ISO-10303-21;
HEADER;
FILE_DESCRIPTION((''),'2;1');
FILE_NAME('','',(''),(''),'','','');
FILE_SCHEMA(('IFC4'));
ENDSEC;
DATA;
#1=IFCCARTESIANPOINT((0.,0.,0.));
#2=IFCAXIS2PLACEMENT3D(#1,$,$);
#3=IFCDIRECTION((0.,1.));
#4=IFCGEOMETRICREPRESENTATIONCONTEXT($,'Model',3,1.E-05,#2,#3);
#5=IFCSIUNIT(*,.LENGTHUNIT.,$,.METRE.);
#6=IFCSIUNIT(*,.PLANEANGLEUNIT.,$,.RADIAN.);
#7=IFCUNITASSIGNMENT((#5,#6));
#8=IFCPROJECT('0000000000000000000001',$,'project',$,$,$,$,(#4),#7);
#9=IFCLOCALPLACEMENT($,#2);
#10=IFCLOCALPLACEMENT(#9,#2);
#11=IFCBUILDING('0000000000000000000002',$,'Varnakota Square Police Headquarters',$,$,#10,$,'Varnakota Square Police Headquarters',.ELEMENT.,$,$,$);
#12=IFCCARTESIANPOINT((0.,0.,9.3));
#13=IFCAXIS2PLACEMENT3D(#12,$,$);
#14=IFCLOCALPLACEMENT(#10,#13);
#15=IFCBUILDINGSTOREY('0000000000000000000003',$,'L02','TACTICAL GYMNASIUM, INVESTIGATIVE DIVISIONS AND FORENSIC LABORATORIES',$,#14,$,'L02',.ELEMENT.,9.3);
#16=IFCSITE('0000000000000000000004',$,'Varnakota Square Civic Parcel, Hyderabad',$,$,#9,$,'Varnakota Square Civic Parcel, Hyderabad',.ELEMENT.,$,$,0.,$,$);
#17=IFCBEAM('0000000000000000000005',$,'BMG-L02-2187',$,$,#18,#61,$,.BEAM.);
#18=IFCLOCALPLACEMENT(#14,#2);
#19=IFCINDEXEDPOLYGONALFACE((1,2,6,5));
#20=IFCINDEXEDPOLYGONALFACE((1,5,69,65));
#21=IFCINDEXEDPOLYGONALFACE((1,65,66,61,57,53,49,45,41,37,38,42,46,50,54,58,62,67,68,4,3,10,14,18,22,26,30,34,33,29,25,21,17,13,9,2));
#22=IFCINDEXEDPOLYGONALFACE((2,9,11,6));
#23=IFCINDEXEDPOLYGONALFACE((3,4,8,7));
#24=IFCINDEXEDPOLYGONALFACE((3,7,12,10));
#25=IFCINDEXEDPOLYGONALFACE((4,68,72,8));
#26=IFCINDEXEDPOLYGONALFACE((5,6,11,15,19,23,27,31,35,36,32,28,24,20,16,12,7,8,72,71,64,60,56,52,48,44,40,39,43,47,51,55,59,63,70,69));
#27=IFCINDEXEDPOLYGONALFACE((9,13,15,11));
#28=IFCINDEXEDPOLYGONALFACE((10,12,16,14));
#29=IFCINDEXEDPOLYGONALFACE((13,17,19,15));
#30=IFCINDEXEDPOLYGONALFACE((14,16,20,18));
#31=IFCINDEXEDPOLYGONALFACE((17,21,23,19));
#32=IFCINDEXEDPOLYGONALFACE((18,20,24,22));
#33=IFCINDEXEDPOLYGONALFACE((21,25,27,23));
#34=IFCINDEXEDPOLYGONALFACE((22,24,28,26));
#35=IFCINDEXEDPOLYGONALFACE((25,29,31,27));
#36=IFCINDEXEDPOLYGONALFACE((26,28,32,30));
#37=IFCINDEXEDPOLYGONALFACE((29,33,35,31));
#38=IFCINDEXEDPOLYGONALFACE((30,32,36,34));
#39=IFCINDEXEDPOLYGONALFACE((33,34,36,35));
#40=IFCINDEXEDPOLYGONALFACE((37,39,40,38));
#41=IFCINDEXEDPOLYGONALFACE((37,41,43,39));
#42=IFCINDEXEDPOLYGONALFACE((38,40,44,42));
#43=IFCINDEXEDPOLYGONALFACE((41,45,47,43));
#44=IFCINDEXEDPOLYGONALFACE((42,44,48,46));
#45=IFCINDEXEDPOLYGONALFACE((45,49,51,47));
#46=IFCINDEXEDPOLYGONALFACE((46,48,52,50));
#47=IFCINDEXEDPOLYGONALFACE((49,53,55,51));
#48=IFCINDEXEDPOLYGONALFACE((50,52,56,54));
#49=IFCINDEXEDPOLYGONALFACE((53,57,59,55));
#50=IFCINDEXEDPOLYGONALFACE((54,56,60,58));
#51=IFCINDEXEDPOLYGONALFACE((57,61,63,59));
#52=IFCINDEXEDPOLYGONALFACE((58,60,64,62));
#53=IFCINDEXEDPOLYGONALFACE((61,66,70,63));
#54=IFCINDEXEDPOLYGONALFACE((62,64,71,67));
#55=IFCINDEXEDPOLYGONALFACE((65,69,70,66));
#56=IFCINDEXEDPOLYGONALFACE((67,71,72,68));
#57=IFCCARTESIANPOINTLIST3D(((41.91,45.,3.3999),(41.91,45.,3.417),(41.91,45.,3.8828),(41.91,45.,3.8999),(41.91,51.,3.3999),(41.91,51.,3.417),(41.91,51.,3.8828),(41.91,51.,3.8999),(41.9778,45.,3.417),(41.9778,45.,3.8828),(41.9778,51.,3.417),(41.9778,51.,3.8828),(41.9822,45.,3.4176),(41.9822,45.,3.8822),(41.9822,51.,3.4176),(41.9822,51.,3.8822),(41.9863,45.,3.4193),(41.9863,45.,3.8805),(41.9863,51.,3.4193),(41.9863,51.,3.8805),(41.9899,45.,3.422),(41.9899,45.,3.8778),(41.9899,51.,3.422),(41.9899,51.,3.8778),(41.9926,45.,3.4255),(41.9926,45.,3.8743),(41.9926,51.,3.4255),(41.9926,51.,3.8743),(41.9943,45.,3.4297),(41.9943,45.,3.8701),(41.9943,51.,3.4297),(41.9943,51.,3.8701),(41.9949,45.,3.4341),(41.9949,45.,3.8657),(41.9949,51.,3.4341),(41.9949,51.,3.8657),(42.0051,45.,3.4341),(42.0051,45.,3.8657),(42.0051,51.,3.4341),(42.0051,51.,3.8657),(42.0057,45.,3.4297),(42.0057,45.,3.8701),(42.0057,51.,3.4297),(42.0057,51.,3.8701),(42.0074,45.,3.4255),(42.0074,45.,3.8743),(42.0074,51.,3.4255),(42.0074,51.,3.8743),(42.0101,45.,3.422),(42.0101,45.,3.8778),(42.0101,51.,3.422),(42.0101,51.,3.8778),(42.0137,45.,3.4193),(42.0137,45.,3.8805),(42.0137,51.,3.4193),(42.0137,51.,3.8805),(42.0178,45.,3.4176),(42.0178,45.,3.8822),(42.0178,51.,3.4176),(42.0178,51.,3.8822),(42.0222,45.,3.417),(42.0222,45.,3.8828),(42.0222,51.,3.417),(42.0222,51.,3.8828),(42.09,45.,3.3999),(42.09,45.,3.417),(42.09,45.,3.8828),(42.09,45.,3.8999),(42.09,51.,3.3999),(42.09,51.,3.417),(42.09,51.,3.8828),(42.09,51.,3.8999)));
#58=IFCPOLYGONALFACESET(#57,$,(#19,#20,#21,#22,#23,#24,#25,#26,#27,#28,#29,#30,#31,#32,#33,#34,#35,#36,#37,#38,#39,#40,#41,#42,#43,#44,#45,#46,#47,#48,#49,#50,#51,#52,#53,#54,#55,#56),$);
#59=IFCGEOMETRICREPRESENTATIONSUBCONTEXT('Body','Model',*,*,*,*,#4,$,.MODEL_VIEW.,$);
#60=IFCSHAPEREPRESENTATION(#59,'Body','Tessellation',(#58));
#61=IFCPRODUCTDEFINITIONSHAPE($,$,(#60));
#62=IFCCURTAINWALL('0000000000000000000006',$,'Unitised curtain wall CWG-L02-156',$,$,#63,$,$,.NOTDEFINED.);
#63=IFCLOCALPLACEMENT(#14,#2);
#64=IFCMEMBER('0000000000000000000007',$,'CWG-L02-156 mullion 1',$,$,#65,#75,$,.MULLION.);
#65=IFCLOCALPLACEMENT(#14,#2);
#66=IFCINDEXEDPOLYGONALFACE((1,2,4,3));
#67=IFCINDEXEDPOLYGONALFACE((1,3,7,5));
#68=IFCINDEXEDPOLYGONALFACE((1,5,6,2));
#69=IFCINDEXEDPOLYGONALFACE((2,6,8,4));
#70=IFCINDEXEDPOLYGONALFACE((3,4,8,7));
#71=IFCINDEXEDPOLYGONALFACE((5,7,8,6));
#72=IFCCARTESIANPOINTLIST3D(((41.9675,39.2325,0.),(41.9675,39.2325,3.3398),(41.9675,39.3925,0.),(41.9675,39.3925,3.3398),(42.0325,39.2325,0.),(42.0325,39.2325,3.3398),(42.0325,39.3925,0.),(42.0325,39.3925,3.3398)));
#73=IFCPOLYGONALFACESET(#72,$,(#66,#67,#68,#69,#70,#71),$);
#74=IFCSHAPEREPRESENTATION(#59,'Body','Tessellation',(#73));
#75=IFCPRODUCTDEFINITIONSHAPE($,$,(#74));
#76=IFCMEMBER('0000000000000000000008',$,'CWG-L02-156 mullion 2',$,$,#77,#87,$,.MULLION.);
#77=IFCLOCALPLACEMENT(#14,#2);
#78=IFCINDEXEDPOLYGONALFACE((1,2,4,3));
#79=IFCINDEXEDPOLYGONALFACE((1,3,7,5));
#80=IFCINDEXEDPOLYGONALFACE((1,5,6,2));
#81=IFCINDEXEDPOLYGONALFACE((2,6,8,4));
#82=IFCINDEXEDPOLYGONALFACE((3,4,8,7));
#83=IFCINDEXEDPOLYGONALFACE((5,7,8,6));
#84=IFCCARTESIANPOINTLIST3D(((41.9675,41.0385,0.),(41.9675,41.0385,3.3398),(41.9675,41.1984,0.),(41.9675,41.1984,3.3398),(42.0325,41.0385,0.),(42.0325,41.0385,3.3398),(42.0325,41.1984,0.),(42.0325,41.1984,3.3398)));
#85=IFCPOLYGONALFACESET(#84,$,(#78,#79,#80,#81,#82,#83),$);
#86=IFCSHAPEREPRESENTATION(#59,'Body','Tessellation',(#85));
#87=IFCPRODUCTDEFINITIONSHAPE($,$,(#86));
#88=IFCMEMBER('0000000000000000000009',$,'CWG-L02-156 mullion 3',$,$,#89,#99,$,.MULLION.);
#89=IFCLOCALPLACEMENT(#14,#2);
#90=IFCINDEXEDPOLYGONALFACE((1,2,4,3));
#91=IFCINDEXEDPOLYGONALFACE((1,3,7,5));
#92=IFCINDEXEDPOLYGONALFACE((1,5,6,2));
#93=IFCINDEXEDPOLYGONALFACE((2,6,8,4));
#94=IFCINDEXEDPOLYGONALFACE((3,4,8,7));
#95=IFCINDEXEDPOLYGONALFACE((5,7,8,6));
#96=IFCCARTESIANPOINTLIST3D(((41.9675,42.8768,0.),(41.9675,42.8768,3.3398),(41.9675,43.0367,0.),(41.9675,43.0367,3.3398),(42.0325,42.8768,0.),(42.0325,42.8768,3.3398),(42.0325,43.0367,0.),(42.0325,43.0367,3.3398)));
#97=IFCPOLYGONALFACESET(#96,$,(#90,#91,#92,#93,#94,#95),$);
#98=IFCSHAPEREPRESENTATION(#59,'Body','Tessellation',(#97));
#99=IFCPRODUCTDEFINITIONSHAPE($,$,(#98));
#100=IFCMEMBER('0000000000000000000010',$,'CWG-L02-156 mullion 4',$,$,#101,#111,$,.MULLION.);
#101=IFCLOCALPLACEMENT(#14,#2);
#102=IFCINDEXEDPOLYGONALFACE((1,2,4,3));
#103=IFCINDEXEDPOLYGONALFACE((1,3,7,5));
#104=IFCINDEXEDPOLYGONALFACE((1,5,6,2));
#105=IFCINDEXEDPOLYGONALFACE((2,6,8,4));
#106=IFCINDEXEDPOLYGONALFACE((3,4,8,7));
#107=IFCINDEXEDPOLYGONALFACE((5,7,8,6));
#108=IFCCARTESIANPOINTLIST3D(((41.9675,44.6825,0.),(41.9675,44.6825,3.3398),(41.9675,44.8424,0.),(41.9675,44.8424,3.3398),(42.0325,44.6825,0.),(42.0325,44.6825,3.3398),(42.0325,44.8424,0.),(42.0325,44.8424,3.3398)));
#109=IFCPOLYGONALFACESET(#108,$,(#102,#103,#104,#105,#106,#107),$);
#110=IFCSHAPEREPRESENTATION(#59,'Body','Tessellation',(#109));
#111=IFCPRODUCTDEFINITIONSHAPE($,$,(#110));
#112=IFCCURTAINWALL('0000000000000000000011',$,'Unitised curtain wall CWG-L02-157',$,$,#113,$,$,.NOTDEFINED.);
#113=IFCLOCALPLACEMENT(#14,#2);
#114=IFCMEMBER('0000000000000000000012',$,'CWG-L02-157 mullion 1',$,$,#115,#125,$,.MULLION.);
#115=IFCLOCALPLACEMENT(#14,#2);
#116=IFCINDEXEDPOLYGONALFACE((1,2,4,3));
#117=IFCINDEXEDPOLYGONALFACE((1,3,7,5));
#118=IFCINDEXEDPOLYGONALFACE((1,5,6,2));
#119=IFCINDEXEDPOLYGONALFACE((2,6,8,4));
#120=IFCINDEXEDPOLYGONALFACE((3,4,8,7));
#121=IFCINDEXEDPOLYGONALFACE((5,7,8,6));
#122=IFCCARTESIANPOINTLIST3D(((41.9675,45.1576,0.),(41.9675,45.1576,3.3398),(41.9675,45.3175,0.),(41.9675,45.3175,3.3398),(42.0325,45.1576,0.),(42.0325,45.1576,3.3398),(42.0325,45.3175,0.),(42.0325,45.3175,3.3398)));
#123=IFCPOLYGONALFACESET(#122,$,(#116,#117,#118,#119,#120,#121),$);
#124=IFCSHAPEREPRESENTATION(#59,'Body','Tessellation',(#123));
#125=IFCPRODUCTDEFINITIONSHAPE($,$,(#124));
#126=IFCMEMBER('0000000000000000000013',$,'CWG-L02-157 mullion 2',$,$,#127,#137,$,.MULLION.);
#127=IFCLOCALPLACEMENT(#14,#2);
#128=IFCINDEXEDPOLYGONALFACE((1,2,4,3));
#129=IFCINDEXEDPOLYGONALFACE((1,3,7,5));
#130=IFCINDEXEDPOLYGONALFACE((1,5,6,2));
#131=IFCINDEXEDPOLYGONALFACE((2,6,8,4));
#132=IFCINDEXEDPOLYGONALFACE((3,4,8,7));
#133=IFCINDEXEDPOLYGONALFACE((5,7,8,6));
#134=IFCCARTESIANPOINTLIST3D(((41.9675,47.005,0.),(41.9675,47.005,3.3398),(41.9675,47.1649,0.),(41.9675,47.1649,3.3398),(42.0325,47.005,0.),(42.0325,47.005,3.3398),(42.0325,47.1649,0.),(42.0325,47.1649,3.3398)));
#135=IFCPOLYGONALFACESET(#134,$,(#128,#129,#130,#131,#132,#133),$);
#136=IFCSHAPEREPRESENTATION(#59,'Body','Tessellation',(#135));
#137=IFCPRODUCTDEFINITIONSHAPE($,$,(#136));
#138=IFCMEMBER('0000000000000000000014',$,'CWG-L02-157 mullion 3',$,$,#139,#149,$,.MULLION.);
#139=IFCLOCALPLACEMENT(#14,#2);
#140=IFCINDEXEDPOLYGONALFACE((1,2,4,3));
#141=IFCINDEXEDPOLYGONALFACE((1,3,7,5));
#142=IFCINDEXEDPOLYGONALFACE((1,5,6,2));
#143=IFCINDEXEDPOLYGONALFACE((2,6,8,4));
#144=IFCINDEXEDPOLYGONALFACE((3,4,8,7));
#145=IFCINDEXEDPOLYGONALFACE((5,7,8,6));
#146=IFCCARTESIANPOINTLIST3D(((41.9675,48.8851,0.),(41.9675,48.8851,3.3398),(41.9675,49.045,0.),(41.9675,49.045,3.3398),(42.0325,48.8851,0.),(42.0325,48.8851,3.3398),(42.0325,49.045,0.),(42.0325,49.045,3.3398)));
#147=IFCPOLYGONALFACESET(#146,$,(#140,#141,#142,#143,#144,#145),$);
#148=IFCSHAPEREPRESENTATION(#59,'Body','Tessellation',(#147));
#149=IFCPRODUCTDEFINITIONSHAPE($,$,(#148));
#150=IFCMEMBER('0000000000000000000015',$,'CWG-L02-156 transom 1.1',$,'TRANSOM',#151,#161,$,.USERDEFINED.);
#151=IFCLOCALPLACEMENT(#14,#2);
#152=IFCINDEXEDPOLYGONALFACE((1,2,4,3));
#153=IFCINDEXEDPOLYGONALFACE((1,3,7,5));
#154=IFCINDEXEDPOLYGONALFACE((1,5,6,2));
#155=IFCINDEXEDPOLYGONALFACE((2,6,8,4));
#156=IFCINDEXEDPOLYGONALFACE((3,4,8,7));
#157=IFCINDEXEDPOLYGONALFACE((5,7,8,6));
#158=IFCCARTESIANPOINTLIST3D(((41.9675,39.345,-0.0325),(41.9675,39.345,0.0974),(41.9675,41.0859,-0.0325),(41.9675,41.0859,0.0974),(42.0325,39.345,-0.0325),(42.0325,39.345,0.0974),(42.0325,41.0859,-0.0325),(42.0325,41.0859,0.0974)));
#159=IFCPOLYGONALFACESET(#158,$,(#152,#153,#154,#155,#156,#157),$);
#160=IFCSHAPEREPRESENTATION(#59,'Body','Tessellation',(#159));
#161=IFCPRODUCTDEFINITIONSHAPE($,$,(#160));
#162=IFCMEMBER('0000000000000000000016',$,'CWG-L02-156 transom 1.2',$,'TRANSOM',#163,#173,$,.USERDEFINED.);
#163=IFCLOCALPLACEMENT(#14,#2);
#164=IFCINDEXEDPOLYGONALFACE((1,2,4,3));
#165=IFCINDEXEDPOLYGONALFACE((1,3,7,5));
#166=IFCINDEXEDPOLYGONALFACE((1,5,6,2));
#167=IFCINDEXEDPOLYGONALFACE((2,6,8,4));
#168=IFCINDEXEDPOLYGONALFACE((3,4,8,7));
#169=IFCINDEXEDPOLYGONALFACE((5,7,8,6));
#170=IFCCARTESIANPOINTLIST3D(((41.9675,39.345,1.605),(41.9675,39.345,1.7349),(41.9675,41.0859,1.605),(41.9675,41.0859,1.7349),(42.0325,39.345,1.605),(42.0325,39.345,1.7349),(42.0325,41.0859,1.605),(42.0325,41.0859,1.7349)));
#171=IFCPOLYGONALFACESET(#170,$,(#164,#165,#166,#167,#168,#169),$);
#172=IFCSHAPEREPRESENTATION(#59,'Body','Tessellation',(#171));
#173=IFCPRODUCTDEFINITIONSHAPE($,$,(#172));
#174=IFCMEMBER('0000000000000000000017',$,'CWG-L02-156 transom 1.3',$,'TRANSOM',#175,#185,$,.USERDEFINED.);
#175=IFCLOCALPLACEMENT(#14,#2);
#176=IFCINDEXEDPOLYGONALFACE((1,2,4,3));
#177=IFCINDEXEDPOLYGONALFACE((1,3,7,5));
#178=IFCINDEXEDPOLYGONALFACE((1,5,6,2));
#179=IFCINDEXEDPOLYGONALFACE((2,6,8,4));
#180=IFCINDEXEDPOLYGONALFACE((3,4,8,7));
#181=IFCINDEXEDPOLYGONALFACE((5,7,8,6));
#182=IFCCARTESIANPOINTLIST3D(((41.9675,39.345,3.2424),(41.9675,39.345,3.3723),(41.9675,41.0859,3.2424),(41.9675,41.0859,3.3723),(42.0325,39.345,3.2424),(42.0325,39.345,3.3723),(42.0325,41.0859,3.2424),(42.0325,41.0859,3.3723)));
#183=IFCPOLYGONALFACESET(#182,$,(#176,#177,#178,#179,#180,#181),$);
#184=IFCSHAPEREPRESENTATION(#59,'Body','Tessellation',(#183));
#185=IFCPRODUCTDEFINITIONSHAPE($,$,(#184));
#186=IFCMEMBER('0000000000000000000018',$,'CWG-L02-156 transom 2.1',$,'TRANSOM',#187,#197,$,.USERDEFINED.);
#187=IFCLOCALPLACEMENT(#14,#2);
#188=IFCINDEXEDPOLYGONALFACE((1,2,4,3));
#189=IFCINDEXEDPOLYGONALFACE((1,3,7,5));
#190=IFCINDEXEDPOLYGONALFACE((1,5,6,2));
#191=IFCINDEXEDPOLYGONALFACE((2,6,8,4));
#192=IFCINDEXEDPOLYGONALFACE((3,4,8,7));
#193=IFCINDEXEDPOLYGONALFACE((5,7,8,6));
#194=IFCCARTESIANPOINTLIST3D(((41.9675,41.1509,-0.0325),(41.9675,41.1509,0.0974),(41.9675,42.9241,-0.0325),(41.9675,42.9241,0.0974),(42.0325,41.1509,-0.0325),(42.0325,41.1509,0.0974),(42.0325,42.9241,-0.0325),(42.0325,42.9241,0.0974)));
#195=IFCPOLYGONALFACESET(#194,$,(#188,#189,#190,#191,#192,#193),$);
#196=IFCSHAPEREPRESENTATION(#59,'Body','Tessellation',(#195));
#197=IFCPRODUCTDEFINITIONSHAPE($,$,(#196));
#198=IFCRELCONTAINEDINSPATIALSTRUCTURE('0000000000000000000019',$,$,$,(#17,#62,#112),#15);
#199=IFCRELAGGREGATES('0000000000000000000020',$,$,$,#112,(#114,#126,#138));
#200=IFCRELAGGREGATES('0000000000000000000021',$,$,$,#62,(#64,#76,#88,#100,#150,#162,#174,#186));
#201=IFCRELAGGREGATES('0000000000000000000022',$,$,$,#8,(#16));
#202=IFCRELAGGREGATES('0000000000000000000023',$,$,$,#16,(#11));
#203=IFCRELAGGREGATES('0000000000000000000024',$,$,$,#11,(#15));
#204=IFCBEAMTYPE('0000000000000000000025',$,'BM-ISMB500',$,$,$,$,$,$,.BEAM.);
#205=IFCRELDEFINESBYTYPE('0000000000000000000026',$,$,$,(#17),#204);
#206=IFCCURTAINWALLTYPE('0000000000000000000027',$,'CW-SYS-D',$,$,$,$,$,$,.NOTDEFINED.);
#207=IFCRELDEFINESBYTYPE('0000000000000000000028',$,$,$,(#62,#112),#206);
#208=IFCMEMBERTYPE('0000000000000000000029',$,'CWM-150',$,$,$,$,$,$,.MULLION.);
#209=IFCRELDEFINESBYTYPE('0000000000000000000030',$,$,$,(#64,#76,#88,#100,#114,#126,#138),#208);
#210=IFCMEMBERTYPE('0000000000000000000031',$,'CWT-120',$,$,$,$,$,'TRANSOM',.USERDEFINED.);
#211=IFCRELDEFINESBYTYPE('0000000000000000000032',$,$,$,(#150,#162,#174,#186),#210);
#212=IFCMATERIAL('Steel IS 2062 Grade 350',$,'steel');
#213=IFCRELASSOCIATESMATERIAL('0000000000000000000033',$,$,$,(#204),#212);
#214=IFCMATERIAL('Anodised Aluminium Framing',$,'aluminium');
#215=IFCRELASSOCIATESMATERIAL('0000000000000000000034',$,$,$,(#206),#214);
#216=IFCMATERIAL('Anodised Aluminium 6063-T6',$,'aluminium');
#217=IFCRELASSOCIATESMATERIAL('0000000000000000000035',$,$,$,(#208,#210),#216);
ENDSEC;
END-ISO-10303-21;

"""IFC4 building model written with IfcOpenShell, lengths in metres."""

from ifc_helpers import new_model, si_unit, direction, frame, origin, origin_2d, place, context, subcontext, project, spatial, rectangle, i_section, extrude, material, material_profile, profile_set, type_object, element, aggregate, save


model = new_model("IFC4")

# Units and contexts
model_context = context("Model", 3, precision=1e-05, world=origin(), true_north=direction((0.0, 1.0)))
body_context = subcontext(model_context, "Body", "Model", "MODEL_VIEW")
ifc_project = project(units=[si_unit("LENGTHUNIT", "METRE"), si_unit("PLANEANGLEUNIT", "RADIAN")], contexts=[model_context])

# Site, building, storey
site_placement = place(None, origin())
site = spatial("IfcSite", under=ifc_project, at=site_placement, Name="Varnakota Square Civic Parcel, Hyderabad", LongName="Varnakota Square Civic Parcel, Hyderabad", CompositionType="ELEMENT", RefElevation=0.0)
building_placement = place(site_placement, origin())
building = spatial("IfcBuilding", under=site, at=building_placement, Name="Varnakota Square Police Headquarters", LongName="Varnakota Square Police Headquarters", CompositionType="ELEMENT")
storey_placement = place(building_placement, frame((0.0, 0.0, 9.3)))
storey = spatial("IfcBuildingStorey", under=building, at=storey_placement, Name="L02", Description="TACTICAL GYMNASIUM, INVESTIGATIVE DIVISIONS AND FORENSIC LABORATORIES", LongName="L02", CompositionType="ELEMENT", Elevation=9.3)

# Shared definitions
ifc_material_1 = material(Name="Steel IS 2062 Grade 350", Category="steel")

# Beam
ifc_material_profile_1 = material_profile(ifc_material_1, i_section(OverallWidth=0.1799, OverallDepth=0.5, WebThickness=0.0103, FlangeThickness=0.0171, FilletRadius=0.0171, at=origin_2d()), Name="ISMB 500")
ifc_profile_set_1 = profile_set([ifc_material_profile_1], Name="Steel IS 2062 Grade 350")
beam_type_1 = type_object("IfcBeamType", Name="BM-ISMB500", PredefinedType="BEAM", material=ifc_profile_set_1)
beam_1_placement = place(storey_placement, frame((42.0, 45.0, 3.6499), z_axis=(0.0, 1.0, 0.0), x_axis=(-1.0, 0.0, 0.0)))
element("IfcBeam", 1, at=beam_1_placement, inside=storey, type_object=beam_type_1, Name="BMG-L02-2187", PredefinedType="BEAM", context=body_context, shape_type="SweptSolid", body=[
    extrude(i_section(OverallWidth=0.1799, OverallDepth=0.5, WebThickness=0.0103, FlangeThickness=0.0171, FilletRadius=0.0171, at=origin_2d()), origin(), (0.0, 0.0, 1.0), 6.0),
])

# Curtain walls, members
ifc_material_2 = material(Name="Anodised Aluminium Framing", Category="aluminium")
curtain_wall_type = type_object("IfcCurtainWallType", Name="CW-SYS-D", PredefinedType="NOTDEFINED", material=ifc_material_2)
curtain_wall_1_placement = place(storey_placement, origin())
curtain_wall_1 = element("IfcCurtainWall", 2, at=curtain_wall_1_placement, inside=storey, type_object=curtain_wall_type, Name="Unitised curtain wall CWG-L02-156", PredefinedType="NOTDEFINED")
ifc_material_3 = material(Name="Anodised Aluminium 6063-T6", Category="aluminium")
ifc_material_profile_2 = material_profile(ifc_material_3, rectangle(XDim=0.0649, YDim=0.1599, at=origin_2d()), Name="ALU MULLION 65x160")
ifc_profile_set_2 = profile_set([ifc_material_profile_2], Name="Anodised Aluminium 6063-T6")
member_type_1 = type_object("IfcMemberType", Name="CWM-150", PredefinedType="MULLION", material=ifc_profile_set_2)
member_1_placement = place(storey_placement, frame((42.0, 39.3125, 0.0), z_axis=(0.0, 0.0, 1.0), x_axis=(-1.0, 0.0, 0.0)))
member_1 = element("IfcMember", 3, at=member_1_placement, type_object=member_type_1, Name="CWG-L02-156 mullion 1", PredefinedType="MULLION", context=body_context, shape_type="SweptSolid", body=[
    extrude(rectangle(XDim=0.0649, YDim=0.1599, at=origin_2d()), origin(), (0.0, 0.0, 1.0), 3.3398),
])
member_2_placement = place(storey_placement, frame((42.0, 41.1184, 0.0), z_axis=(0.0, 0.0, 1.0), x_axis=(-1.0, 0.0, 0.0)))
member_2 = element("IfcMember", 4, at=member_2_placement, type_object=member_type_1, Name="CWG-L02-156 mullion 2", PredefinedType="MULLION", context=body_context, shape_type="SweptSolid", body=[
    extrude(rectangle(XDim=0.0649, YDim=0.1599, at=origin_2d()), origin(), (0.0, 0.0, 1.0), 3.3398),
])
member_3_placement = place(storey_placement, frame((42.0, 42.9568, 0.0), z_axis=(0.0, 0.0, 1.0), x_axis=(-1.0, 0.0, 0.0)))
member_3 = element("IfcMember", 5, at=member_3_placement, type_object=member_type_1, Name="CWG-L02-156 mullion 3", PredefinedType="MULLION", context=body_context, shape_type="SweptSolid", body=[
    extrude(rectangle(XDim=0.0649, YDim=0.1599, at=origin_2d()), origin(), (0.0, 0.0, 1.0), 3.3398),
])
member_4_placement = place(storey_placement, frame((42.0, 44.7625, 0.0), z_axis=(0.0, 0.0, 1.0), x_axis=(-1.0, 0.0, 0.0)))
member_4 = element("IfcMember", 6, at=member_4_placement, type_object=member_type_1, Name="CWG-L02-156 mullion 4", PredefinedType="MULLION", context=body_context, shape_type="SweptSolid", body=[
    extrude(rectangle(XDim=0.0649, YDim=0.1599, at=origin_2d()), origin(), (0.0, 0.0, 1.0), 3.3398),
])
curtain_wall_2_placement = place(storey_placement, origin())
curtain_wall_2 = element("IfcCurtainWall", 7, at=curtain_wall_2_placement, inside=storey, type_object=curtain_wall_type, Name="Unitised curtain wall CWG-L02-157", PredefinedType="NOTDEFINED")
member_5_placement = place(storey_placement, frame((42.0, 45.2375, 0.0), z_axis=(0.0, 0.0, 1.0), x_axis=(-1.0, 0.0, 0.0)))
member_5 = element("IfcMember", 8, at=member_5_placement, type_object=member_type_1, Name="CWG-L02-157 mullion 1", PredefinedType="MULLION", context=body_context, shape_type="SweptSolid", body=[
    extrude(rectangle(XDim=0.0649, YDim=0.1599, at=origin_2d()), origin(), (0.0, 0.0, 1.0), 3.3398),
])
member_6_placement = place(storey_placement, frame((42.0, 47.085, 0.0), z_axis=(0.0, 0.0, 1.0), x_axis=(-1.0, 0.0, 0.0)))
member_6 = element("IfcMember", 9, at=member_6_placement, type_object=member_type_1, Name="CWG-L02-157 mullion 2", PredefinedType="MULLION", context=body_context, shape_type="SweptSolid", body=[
    extrude(rectangle(XDim=0.0649, YDim=0.1599, at=origin_2d()), origin(), (0.0, 0.0, 1.0), 3.3398),
])
member_7_placement = place(storey_placement, frame((42.0, 48.9651, 0.0), z_axis=(0.0, 0.0, 1.0), x_axis=(-1.0, 0.0, 0.0)))
member_7 = element("IfcMember", 10, at=member_7_placement, type_object=member_type_1, Name="CWG-L02-157 mullion 3", PredefinedType="MULLION", context=body_context, shape_type="SweptSolid", body=[
    extrude(rectangle(XDim=0.0649, YDim=0.1599, at=origin_2d()), origin(), (0.0, 0.0, 1.0), 3.3398),
])

# Members
ifc_material_profile_3 = material_profile(ifc_material_3, rectangle(XDim=0.0649, YDim=0.1299, at=origin_2d()), Name="ALU TRANSOM 65x130")
ifc_profile_set_3 = profile_set([ifc_material_profile_3], Name="Anodised Aluminium 6063-T6")
member_type_2 = type_object("IfcMemberType", Name="CWT-120", ElementType="TRANSOM", PredefinedType="USERDEFINED", material=ifc_profile_set_3)
member_8_placement = place(storey_placement, frame((42.0, 39.345, 0.0325), z_axis=(0.0, 1.0, 0.0), x_axis=(-1.0, 0.0, 0.0)))
member_8 = element("IfcMember", 11, at=member_8_placement, type_object=member_type_2, Name="CWG-L02-156 transom 1.1", ObjectType="TRANSOM", PredefinedType="USERDEFINED", context=body_context, shape_type="SweptSolid", body=[
    extrude(rectangle(XDim=0.0649, YDim=0.1299, at=origin_2d()), origin(), (0.0, 0.0, 1.0), 1.741),
])
member_9_placement = place(storey_placement, frame((42.0, 39.345, 1.6699), z_axis=(0.0, 1.0, 0.0), x_axis=(-1.0, 0.0, 0.0)))
member_9 = element("IfcMember", 12, at=member_9_placement, type_object=member_type_2, Name="CWG-L02-156 transom 1.2", ObjectType="TRANSOM", PredefinedType="USERDEFINED", context=body_context, shape_type="SweptSolid", body=[
    extrude(rectangle(XDim=0.0649, YDim=0.1299, at=origin_2d()), origin(), (0.0, 0.0, 1.0), 1.741),
])
member_10_placement = place(storey_placement, frame((42.0, 39.345, 3.3074), z_axis=(0.0, 1.0, 0.0), x_axis=(-1.0, 0.0, 0.0)))
member_10 = element("IfcMember", 13, at=member_10_placement, type_object=member_type_2, Name="CWG-L02-156 transom 1.3", ObjectType="TRANSOM", PredefinedType="USERDEFINED", context=body_context, shape_type="SweptSolid", body=[
    extrude(rectangle(XDim=0.0649, YDim=0.1299, at=origin_2d()), origin(), (0.0, 0.0, 1.0), 1.741),
])
member_11_placement = place(storey_placement, frame((42.0, 41.1509, 0.0325), z_axis=(0.0, 1.0, 0.0), x_axis=(-1.0, 0.0, 0.0)))
member_11 = element("IfcMember", 14, at=member_11_placement, type_object=member_type_2, Name="CWG-L02-156 transom 2.1", ObjectType="TRANSOM", PredefinedType="USERDEFINED", context=body_context, shape_type="SweptSolid", body=[
    extrude(rectangle(XDim=0.0649, YDim=0.1299, at=origin_2d()), origin(), (0.0, 0.0, 1.0), 1.7732),
])

aggregate(curtain_wall_2, [member_5, member_6, member_7])
aggregate(curtain_wall_1, [member_1, member_2, member_3, member_4, member_8, member_9, member_10, member_11])

save(model, "model.ifc")
